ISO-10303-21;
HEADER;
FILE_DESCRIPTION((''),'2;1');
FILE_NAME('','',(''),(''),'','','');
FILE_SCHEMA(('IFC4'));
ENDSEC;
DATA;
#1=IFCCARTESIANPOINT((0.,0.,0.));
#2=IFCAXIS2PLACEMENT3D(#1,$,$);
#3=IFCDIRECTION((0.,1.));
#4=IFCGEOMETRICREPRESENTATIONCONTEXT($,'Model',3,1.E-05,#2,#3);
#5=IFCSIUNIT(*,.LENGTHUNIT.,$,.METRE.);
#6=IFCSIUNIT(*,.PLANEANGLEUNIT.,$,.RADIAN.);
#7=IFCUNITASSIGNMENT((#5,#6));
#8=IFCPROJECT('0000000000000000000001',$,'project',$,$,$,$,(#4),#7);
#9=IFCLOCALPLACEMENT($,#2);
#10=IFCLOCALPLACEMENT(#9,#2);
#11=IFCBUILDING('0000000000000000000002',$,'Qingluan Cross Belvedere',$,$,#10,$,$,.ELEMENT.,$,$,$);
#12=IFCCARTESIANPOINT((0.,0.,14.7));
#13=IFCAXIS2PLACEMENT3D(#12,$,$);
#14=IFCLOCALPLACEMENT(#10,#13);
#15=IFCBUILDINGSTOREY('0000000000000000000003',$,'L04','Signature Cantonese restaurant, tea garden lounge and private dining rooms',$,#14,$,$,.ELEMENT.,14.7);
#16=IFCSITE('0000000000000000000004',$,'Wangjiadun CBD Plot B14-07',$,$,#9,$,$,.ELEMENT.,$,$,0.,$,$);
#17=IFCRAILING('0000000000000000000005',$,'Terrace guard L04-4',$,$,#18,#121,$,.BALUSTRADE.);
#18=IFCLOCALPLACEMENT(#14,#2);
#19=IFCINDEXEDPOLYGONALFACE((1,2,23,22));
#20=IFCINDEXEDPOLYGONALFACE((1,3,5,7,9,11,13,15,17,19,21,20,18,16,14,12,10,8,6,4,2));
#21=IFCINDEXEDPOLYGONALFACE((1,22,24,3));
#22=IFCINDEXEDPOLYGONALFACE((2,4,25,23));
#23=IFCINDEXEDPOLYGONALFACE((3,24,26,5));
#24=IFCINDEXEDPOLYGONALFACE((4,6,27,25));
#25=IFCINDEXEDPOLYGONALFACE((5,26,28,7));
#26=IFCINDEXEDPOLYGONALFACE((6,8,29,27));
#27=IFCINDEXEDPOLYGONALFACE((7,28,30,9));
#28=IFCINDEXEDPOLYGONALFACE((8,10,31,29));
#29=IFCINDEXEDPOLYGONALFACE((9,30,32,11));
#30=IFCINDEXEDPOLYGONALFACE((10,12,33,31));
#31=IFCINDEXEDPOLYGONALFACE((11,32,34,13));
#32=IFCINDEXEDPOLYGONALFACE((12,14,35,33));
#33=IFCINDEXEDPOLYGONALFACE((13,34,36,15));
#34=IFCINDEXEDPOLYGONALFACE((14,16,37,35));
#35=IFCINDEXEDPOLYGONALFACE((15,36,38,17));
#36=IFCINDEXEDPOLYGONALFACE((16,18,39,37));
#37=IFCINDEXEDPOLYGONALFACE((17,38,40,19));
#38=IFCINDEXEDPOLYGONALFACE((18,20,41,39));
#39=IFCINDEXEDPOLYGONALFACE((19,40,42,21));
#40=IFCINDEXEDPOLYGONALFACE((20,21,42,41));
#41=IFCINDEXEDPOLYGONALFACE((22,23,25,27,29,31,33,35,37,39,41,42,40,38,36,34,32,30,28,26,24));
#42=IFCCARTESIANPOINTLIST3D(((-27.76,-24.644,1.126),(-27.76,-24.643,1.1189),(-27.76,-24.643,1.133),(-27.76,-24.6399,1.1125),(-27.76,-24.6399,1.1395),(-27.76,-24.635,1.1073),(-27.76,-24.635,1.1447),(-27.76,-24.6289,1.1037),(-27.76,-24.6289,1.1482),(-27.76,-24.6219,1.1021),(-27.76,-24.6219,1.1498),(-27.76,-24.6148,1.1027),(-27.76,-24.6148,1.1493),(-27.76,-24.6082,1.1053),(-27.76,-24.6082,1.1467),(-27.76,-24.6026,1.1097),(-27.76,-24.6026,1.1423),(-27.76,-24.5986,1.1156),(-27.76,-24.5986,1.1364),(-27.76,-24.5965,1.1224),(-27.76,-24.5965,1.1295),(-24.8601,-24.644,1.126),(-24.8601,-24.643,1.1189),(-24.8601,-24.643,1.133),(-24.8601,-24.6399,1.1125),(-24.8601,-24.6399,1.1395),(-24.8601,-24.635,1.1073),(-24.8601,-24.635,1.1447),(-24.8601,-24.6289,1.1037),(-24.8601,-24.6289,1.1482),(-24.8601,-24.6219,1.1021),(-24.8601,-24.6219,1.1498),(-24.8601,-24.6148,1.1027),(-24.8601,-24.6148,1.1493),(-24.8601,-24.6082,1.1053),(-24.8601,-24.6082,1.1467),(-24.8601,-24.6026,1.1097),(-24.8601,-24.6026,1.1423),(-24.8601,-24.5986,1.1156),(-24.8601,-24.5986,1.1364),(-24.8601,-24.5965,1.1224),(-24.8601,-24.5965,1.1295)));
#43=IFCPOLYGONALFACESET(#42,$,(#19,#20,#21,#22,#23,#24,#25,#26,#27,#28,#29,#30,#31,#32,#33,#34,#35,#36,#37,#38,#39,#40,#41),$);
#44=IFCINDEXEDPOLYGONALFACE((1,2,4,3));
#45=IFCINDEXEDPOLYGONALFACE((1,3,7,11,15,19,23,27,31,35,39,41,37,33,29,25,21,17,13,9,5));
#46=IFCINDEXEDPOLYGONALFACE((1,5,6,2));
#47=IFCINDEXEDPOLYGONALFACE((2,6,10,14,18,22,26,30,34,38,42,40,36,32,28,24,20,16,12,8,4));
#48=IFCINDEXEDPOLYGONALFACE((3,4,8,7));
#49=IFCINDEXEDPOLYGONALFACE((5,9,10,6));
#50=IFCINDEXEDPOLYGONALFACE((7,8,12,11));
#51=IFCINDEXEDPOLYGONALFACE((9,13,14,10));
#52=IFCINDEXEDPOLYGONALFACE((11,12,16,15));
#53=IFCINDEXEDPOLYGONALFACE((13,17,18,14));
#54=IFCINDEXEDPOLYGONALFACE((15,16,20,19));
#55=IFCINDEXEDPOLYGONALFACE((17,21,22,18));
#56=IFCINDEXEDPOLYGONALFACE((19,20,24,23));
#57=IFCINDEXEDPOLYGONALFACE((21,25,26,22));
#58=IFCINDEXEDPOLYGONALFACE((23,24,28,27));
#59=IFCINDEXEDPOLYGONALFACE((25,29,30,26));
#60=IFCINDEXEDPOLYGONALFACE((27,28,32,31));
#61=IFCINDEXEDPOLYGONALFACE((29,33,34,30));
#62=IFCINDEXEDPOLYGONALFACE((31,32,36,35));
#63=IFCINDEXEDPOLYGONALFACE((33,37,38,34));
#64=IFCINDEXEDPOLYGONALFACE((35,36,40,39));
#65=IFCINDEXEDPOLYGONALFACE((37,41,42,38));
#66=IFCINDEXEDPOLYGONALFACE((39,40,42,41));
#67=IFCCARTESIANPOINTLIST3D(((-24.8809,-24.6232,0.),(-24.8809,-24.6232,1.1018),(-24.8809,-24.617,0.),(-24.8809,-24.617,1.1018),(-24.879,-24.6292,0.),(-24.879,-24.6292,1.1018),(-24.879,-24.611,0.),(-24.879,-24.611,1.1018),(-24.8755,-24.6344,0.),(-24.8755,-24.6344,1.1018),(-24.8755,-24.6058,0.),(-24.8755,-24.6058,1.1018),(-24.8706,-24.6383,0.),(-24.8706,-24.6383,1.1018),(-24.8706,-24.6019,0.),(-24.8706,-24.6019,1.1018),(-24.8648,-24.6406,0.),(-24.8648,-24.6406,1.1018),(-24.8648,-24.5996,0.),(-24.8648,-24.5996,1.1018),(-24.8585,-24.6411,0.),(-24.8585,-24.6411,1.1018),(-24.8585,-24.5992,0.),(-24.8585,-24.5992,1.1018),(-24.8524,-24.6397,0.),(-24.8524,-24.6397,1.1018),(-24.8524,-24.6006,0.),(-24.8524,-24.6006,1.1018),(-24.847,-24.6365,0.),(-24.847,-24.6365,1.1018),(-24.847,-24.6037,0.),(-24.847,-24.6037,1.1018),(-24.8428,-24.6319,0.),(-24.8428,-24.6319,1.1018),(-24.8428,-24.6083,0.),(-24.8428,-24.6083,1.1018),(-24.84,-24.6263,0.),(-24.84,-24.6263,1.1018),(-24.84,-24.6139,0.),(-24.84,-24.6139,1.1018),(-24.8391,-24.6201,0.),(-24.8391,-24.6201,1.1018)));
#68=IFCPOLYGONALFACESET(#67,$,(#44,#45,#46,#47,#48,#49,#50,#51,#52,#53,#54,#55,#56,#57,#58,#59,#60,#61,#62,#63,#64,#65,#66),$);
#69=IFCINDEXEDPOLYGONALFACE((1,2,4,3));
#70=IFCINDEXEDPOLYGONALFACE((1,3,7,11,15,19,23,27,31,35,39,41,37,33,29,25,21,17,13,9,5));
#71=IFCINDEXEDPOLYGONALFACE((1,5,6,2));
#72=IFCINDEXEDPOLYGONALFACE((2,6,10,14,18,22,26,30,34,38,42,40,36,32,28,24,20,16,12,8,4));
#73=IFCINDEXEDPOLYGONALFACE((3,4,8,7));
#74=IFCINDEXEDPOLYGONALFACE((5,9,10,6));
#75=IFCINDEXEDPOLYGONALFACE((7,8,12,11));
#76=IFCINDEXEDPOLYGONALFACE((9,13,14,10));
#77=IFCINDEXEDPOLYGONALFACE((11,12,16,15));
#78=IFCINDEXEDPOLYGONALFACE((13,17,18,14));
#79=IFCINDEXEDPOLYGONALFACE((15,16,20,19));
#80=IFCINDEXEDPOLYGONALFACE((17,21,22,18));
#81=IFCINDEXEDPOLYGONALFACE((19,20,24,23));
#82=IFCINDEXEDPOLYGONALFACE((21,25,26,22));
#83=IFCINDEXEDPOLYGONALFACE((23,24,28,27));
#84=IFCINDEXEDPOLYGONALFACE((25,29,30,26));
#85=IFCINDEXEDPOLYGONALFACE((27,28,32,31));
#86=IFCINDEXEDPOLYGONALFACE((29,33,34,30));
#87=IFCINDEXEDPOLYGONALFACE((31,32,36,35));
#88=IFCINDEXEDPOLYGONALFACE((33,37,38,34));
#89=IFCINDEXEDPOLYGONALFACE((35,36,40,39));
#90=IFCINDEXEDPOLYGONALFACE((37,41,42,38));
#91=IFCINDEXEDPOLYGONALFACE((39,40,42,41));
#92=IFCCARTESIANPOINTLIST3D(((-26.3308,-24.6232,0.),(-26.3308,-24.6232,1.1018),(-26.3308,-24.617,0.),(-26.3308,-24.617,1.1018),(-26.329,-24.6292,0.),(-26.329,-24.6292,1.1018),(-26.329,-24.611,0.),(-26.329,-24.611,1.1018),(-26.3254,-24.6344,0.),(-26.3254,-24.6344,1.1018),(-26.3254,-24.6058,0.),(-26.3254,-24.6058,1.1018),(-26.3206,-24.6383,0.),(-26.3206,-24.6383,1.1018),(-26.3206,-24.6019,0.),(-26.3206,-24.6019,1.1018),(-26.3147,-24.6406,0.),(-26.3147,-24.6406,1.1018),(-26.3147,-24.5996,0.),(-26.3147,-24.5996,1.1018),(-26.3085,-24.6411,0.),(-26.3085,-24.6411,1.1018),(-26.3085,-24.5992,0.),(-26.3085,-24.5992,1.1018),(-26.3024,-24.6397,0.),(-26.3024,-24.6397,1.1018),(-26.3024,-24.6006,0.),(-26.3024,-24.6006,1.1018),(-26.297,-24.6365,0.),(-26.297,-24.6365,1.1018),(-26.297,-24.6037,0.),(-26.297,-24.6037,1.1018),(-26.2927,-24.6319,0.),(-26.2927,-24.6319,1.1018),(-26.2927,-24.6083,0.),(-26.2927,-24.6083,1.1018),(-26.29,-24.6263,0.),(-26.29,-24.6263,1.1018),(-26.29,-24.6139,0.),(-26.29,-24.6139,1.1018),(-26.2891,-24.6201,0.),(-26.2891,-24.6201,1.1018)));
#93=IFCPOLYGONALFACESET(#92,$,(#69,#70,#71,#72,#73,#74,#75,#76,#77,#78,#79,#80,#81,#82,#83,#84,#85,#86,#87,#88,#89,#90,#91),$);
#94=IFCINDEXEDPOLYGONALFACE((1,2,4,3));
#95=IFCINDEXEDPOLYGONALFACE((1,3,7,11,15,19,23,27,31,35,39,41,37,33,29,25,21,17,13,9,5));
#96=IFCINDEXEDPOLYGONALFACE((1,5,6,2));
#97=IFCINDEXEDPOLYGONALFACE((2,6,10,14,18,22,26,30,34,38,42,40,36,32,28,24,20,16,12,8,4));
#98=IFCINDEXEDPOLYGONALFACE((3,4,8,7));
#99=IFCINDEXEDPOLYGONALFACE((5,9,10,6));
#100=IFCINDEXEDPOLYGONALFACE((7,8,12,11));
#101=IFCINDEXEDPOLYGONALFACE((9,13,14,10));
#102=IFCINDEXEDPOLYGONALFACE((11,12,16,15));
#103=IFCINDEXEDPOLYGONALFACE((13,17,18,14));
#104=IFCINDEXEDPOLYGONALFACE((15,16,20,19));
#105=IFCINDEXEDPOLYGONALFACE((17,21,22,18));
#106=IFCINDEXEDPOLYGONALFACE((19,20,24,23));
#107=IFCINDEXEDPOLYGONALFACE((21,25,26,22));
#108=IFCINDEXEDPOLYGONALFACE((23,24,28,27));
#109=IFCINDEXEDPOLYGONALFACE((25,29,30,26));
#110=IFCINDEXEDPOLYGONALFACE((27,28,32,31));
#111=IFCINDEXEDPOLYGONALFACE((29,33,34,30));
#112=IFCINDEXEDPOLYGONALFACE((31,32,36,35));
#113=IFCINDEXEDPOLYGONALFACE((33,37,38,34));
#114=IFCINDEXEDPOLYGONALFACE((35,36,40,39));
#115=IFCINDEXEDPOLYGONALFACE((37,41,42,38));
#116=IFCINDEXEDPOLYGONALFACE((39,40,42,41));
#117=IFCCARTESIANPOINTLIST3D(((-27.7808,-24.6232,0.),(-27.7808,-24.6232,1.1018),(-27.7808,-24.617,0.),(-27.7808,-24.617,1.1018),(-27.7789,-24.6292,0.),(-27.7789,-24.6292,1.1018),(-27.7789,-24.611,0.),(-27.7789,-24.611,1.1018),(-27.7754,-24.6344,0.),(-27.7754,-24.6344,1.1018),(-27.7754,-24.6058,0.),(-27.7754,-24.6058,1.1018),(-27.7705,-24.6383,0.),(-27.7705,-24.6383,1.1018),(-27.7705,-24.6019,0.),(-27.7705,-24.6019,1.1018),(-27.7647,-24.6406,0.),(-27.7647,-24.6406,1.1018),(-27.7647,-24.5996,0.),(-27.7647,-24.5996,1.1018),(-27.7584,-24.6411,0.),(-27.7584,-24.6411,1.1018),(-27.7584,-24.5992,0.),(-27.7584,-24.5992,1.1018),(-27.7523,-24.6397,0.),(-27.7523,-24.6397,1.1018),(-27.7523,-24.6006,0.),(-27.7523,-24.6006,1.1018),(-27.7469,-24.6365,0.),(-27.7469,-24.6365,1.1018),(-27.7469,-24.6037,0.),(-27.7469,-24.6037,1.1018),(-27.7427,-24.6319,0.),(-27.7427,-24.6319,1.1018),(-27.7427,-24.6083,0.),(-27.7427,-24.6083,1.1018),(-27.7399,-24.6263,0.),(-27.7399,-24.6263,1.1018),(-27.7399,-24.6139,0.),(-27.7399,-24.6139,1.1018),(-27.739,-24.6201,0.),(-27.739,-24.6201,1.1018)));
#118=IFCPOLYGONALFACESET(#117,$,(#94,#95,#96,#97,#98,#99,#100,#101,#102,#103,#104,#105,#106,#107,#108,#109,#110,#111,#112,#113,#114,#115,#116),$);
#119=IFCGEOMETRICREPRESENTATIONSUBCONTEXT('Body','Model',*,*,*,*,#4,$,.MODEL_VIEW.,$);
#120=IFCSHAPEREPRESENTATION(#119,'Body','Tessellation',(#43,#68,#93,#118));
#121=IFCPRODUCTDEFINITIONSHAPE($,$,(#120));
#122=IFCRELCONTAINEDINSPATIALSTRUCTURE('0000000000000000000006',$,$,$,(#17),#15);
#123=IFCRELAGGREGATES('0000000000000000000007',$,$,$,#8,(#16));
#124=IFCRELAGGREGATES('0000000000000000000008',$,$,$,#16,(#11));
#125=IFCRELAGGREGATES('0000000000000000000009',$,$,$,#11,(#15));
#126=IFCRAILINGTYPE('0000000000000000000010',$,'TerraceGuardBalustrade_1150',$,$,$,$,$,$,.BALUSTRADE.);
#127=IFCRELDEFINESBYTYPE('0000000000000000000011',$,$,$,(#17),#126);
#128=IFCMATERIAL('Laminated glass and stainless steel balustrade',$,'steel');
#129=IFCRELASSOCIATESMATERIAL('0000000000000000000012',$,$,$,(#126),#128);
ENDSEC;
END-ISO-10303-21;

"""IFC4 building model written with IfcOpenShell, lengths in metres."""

from ifc_helpers import new_model, si_unit, direction, frame, origin, origin_2d, place, context, subcontext, project, spatial, circle, extrude, material, type_object, element, save


model = new_model("IFC4")

# Units and contexts
model_context = context("Model", 3, precision=1e-05, world=origin(), true_north=direction((0.0, 1.0)))
body_context = subcontext(model_context, "Body", "Model", "MODEL_VIEW")
ifc_project = project(units=[si_unit("LENGTHUNIT", "METRE"), si_unit("PLANEANGLEUNIT", "RADIAN")], contexts=[model_context])

# Site, building, storey
site_placement = place(None, origin())
site = spatial("IfcSite", under=ifc_project, at=site_placement, Name="Wangjiadun CBD Plot B14-07", CompositionType="ELEMENT", RefElevation=0.0)
building_placement = place(site_placement, origin())
building = spatial("IfcBuilding", under=site, at=building_placement, Name="Qingluan Cross Belvedere", CompositionType="ELEMENT")
storey_placement = place(building_placement, frame((0.0, 0.0, 14.7)))
storey = spatial("IfcBuildingStorey", under=building, at=storey_placement, Name="L04", Description="Signature Cantonese restaurant, tea garden lounge and private dining rooms", CompositionType="ELEMENT", Elevation=14.7)

# Railing
ifc_material_1 = material(Name="Laminated glass and stainless steel balustrade", Category="steel")
railing_type = type_object("IfcRailingType", Name="TerraceGuardBalustrade_1150", PredefinedType="BALUSTRADE", material=ifc_material_1)
railing_1_placement = place(storey_placement, frame((-24.8601, -24.6201, 0.0)))
element("IfcRailing", 1, at=railing_1_placement, inside=storey, type_object=railing_type, Name="Terrace guard L04-4", PredefinedType="BALUSTRADE", context=body_context, shape_type="SweptSolid", body=[
    extrude(circle(Radius=0.0239, at=origin_2d()), frame((0.0, 0.0, 1.126), z_axis=(-1.0, 0.0, 0.0), x_axis=(0.0, -1.0, 0.0)), (0.0, 0.0, 1.0), 2.8999),
    extrude(circle(Radius=0.021, at=origin_2d()), origin(), (0.0, 0.0, 1.0), 1.1018),
    extrude(circle(Radius=0.021, at=origin_2d()), frame((-1.45, 0.0, 0.0)), (0.0, 0.0, 1.0), 1.1018),
    extrude(circle(Radius=0.021, at=origin_2d()), frame((-2.8999, 0.0, 0.0)), (0.0, 0.0, 1.0), 1.1018),
])

save(model, "model.ifc")
